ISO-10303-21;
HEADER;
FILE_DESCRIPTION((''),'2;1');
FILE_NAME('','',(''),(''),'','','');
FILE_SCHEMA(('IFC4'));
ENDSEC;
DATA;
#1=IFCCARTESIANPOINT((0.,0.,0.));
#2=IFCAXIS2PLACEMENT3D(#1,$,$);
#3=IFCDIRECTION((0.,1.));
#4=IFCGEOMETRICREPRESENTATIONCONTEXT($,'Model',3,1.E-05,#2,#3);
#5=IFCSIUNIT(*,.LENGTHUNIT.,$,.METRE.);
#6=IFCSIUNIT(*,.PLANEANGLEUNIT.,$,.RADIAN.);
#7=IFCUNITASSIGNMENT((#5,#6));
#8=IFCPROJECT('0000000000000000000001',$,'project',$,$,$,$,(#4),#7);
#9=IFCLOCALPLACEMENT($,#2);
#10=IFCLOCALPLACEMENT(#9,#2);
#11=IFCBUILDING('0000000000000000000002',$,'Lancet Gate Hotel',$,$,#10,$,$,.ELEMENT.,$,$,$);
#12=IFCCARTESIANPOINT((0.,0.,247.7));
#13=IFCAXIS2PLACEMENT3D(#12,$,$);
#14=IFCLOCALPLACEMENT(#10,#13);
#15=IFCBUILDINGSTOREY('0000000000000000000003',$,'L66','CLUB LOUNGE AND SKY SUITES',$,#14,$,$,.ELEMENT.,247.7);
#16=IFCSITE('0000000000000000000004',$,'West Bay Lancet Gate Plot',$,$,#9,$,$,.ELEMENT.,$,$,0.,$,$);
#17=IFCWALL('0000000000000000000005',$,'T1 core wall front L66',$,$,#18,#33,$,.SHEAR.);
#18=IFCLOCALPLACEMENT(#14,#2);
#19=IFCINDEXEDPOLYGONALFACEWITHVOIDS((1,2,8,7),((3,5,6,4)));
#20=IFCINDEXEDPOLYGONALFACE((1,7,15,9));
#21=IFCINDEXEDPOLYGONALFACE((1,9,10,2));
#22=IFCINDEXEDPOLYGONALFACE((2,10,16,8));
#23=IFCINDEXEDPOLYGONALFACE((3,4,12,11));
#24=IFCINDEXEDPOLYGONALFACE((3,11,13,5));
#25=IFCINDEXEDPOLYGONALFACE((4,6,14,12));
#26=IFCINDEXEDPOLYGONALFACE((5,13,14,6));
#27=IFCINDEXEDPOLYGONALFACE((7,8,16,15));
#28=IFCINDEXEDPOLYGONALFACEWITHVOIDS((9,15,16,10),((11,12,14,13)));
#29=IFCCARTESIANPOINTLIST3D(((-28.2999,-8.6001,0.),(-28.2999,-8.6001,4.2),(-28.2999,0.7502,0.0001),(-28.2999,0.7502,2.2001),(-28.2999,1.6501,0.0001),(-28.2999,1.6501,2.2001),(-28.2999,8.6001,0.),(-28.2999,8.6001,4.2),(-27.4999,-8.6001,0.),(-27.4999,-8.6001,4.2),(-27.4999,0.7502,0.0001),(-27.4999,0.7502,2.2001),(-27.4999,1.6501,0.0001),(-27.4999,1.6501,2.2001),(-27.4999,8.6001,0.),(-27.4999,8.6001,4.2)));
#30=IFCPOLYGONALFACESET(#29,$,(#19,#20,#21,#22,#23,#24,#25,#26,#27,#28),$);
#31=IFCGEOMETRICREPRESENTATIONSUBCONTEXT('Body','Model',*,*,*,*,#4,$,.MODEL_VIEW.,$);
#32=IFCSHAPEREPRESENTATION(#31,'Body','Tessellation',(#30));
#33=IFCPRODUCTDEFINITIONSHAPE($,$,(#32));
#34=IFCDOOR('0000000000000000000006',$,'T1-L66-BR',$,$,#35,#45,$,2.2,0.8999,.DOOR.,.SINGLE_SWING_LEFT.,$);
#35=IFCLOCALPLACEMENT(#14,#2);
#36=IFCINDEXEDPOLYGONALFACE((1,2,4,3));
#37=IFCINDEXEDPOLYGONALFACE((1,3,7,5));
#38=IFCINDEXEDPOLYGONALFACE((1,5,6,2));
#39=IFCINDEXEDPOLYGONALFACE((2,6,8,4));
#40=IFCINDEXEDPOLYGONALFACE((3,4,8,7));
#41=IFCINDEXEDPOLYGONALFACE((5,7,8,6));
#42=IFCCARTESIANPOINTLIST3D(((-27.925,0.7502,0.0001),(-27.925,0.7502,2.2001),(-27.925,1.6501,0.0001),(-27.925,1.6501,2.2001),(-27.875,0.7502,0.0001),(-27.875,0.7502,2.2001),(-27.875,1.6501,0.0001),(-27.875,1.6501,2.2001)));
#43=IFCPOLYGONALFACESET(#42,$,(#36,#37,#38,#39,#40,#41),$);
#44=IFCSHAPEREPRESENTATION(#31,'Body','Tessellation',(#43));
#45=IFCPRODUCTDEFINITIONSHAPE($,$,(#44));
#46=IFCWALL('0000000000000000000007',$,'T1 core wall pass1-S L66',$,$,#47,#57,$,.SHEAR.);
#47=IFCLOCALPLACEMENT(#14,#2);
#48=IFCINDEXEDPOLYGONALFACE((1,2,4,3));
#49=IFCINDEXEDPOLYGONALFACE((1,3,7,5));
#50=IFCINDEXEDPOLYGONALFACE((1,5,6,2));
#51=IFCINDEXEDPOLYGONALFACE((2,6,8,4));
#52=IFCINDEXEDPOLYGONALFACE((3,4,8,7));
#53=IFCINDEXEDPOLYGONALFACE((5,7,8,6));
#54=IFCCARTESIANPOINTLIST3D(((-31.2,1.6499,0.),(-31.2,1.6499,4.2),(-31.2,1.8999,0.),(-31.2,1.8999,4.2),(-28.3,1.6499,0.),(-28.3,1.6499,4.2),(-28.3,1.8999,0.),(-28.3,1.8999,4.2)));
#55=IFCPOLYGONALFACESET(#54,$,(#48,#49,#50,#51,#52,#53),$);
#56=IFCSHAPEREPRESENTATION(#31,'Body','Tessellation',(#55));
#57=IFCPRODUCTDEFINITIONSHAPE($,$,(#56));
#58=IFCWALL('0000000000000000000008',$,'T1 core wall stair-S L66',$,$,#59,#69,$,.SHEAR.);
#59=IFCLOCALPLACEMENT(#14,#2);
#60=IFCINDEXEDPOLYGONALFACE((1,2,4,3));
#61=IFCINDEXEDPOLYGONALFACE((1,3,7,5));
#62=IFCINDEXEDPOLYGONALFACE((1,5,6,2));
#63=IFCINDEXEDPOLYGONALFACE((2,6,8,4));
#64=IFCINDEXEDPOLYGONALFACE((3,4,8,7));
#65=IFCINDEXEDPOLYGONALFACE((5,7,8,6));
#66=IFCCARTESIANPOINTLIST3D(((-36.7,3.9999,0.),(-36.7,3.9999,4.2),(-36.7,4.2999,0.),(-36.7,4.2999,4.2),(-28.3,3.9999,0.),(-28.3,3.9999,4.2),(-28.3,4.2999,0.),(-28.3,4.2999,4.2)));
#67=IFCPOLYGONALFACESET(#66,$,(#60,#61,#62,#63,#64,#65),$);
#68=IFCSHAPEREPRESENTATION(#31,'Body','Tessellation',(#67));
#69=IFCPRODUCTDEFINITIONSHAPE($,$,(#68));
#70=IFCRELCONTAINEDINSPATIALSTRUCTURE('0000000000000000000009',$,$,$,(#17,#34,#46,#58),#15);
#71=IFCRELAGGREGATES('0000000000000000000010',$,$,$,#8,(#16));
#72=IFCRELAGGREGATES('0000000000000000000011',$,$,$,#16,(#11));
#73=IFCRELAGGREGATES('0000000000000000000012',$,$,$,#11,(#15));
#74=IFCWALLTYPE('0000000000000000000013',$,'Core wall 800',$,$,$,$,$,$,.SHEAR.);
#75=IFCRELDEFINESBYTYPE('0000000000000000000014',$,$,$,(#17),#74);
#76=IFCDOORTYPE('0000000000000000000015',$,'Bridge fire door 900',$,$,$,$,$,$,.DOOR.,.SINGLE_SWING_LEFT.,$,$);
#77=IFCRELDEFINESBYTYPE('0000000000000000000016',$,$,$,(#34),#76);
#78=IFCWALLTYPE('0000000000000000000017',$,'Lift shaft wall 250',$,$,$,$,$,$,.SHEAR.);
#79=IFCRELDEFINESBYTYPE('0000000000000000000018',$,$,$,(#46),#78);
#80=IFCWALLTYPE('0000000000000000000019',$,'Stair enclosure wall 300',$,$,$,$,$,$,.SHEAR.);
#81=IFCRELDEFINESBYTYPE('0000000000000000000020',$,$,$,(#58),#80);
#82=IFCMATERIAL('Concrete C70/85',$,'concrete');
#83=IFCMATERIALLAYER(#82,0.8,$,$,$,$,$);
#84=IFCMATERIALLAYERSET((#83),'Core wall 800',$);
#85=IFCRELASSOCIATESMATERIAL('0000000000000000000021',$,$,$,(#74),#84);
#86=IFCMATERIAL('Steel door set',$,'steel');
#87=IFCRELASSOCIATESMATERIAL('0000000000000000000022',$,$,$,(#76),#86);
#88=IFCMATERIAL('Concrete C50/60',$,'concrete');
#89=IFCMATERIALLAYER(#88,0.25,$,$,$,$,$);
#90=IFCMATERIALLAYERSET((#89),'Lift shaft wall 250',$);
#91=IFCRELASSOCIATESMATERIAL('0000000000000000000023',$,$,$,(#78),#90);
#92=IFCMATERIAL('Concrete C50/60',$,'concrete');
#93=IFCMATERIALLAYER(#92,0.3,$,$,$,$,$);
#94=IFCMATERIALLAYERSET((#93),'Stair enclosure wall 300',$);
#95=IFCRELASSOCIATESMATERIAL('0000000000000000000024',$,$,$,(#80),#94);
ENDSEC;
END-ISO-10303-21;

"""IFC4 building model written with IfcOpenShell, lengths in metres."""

from ifc_helpers import new_model, si_unit, direction, frame, frame_2d, origin, place, context, subcontext, project, spatial, rectangle, extrude, material, layer, layer_set, type_object, element, fill, save


model = new_model("IFC4")

# Units and contexts
model_context = context("Model", 3, precision=1e-05, world=origin(), true_north=direction((0.0, 1.0)))
body_context = subcontext(model_context, "Body", "Model", "MODEL_VIEW")
ifc_project = project(units=[si_unit("LENGTHUNIT", "METRE"), si_unit("PLANEANGLEUNIT", "RADIAN")], contexts=[model_context])

# Site, building, storey
site_placement = place(None, origin())
site = spatial("IfcSite", under=ifc_project, at=site_placement, Name="West Bay Lancet Gate Plot", CompositionType="ELEMENT", RefElevation=0.0)
building_placement = place(site_placement, origin())
building = spatial("IfcBuilding", under=site, at=building_placement, Name="Lancet Gate Hotel", CompositionType="ELEMENT")
storey_placement = place(building_placement, frame((0.0, 0.0, 247.7)))
storey = spatial("IfcBuildingStorey", under=building, at=storey_placement, Name="L66", Description="CLUB LOUNGE AND SKY SUITES", CompositionType="ELEMENT", Elevation=247.7)

# Wall, opening, door
ifc_material_1 = material(Name="Concrete C70/85", Category="concrete")
ifc_layer_1 = layer(ifc_material_1, 0.8)
ifc_layer_set_1 = layer_set([ifc_layer_1], Name="Core wall 800")
wall_type_1 = type_object("IfcWallType", Name="Core wall 800", PredefinedType="SHEAR", material=ifc_layer_set_1)
wall_1_placement = place(storey_placement, frame((-27.8999, 8.6001, 0.0), z_axis=(0.0, 0.0, 1.0), x_axis=(0.0, -1.0, 0.0)))
wall_1 = element("IfcWall", 1, at=wall_1_placement, inside=storey, type_object=wall_type_1, Name="T1 core wall front L66", PredefinedType="SHEAR", context=body_context, shape_type="SweptSolid", body=[
    extrude(rectangle(XDim=17.2002, YDim=0.8, at=frame_2d((8.6001, 0.0))), origin(), (0.0, 0.0, 1.0), 4.2),
])
opening_1_placement = place(wall_1_placement, frame((6.95, 0.0, 0.0)))
opening_1 = element("IfcOpeningElement", 2, at=opening_1_placement, cuts=wall_1, PredefinedType="OPENING", context=body_context, shape_type="SweptSolid", body=[
    extrude(rectangle(XDim=0.8999, YDim=2.2, at=frame_2d((0.45, 1.1001))), frame((0.0, 0.4099, 0.0), z_axis=(0.0, -1.0, 0.0), x_axis=(1.0, 0.0, 0.0)), (0.0, 0.0, 1.0), 0.8201),
])
ifc_material_2 = material(Name="Steel door set", Category="steel")
door_type_1 = type_object("IfcDoorType", Name="Bridge fire door 900", OperationType="SINGLE_SWING_LEFT", PredefinedType="DOOR", material=ifc_material_2)
door_1_placement = place(opening_1_placement, origin())
door_1 = element("IfcDoor", 3, at=door_1_placement, inside=storey, type_object=door_type_1, Name="T1-L66-BR", OperationType="SINGLE_SWING_LEFT", OverallHeight=2.2, OverallWidth=0.8999, PredefinedType="DOOR", context=body_context, shape_type="SweptSolid", body=[
    extrude(rectangle(XDim=0.8999, YDim=2.2, at=frame_2d((0.45, 1.1001))), frame((0.0, 0.0249, 0.0), z_axis=(0.0, -1.0, 0.0), x_axis=(1.0, 0.0, 0.0)), (0.0, 0.0, 1.0), 0.05),
])
fill(opening_1, door_1)

# Walls
ifc_material_3 = material(Name="Concrete C50/60", Category="concrete")
ifc_layer_2 = layer(ifc_material_3, 0.25)
ifc_layer_set_2 = layer_set([ifc_layer_2], Name="Lift shaft wall 250")
wall_type_2 = type_object("IfcWallType", Name="Lift shaft wall 250", PredefinedType="SHEAR", material=ifc_layer_set_2)
wall_2_placement = place(storey_placement, frame((-28.3, 1.7749, 0.0), z_axis=(0.0, 0.0, 1.0), x_axis=(-1.0, 0.0, 0.0)))
element("IfcWall", 4, at=wall_2_placement, inside=storey, type_object=wall_type_2, Name="T1 core wall pass1-S L66", PredefinedType="SHEAR", context=body_context, shape_type="SweptSolid", body=[
    extrude(rectangle(XDim=2.8999, YDim=0.25, at=frame_2d((1.45, 0.0))), origin(), (0.0, 0.0, 1.0), 4.2),
])
ifc_material_4 = material(Name="Concrete C50/60", Category="concrete")
ifc_layer_3 = layer(ifc_material_4, 0.3)
ifc_layer_set_3 = layer_set([ifc_layer_3], Name="Stair enclosure wall 300")
wall_type_3 = type_object("IfcWallType", Name="Stair enclosure wall 300", PredefinedType="SHEAR", material=ifc_layer_set_3)
wall_3_placement = place(storey_placement, frame((-28.3, 4.1499, 0.0), z_axis=(0.0, 0.0, 1.0), x_axis=(-1.0, 0.0, 0.0)))
element("IfcWall", 5, at=wall_3_placement, inside=storey, type_object=wall_type_3, Name="T1 core wall stair-S L66", PredefinedType="SHEAR", context=body_context, shape_type="SweptSolid", body=[
    extrude(rectangle(XDim=8.3999, YDim=0.3, at=frame_2d((4.2, 0.0))), origin(), (0.0, 0.0, 1.0), 4.2),
])

save(model, "model.ifc")
